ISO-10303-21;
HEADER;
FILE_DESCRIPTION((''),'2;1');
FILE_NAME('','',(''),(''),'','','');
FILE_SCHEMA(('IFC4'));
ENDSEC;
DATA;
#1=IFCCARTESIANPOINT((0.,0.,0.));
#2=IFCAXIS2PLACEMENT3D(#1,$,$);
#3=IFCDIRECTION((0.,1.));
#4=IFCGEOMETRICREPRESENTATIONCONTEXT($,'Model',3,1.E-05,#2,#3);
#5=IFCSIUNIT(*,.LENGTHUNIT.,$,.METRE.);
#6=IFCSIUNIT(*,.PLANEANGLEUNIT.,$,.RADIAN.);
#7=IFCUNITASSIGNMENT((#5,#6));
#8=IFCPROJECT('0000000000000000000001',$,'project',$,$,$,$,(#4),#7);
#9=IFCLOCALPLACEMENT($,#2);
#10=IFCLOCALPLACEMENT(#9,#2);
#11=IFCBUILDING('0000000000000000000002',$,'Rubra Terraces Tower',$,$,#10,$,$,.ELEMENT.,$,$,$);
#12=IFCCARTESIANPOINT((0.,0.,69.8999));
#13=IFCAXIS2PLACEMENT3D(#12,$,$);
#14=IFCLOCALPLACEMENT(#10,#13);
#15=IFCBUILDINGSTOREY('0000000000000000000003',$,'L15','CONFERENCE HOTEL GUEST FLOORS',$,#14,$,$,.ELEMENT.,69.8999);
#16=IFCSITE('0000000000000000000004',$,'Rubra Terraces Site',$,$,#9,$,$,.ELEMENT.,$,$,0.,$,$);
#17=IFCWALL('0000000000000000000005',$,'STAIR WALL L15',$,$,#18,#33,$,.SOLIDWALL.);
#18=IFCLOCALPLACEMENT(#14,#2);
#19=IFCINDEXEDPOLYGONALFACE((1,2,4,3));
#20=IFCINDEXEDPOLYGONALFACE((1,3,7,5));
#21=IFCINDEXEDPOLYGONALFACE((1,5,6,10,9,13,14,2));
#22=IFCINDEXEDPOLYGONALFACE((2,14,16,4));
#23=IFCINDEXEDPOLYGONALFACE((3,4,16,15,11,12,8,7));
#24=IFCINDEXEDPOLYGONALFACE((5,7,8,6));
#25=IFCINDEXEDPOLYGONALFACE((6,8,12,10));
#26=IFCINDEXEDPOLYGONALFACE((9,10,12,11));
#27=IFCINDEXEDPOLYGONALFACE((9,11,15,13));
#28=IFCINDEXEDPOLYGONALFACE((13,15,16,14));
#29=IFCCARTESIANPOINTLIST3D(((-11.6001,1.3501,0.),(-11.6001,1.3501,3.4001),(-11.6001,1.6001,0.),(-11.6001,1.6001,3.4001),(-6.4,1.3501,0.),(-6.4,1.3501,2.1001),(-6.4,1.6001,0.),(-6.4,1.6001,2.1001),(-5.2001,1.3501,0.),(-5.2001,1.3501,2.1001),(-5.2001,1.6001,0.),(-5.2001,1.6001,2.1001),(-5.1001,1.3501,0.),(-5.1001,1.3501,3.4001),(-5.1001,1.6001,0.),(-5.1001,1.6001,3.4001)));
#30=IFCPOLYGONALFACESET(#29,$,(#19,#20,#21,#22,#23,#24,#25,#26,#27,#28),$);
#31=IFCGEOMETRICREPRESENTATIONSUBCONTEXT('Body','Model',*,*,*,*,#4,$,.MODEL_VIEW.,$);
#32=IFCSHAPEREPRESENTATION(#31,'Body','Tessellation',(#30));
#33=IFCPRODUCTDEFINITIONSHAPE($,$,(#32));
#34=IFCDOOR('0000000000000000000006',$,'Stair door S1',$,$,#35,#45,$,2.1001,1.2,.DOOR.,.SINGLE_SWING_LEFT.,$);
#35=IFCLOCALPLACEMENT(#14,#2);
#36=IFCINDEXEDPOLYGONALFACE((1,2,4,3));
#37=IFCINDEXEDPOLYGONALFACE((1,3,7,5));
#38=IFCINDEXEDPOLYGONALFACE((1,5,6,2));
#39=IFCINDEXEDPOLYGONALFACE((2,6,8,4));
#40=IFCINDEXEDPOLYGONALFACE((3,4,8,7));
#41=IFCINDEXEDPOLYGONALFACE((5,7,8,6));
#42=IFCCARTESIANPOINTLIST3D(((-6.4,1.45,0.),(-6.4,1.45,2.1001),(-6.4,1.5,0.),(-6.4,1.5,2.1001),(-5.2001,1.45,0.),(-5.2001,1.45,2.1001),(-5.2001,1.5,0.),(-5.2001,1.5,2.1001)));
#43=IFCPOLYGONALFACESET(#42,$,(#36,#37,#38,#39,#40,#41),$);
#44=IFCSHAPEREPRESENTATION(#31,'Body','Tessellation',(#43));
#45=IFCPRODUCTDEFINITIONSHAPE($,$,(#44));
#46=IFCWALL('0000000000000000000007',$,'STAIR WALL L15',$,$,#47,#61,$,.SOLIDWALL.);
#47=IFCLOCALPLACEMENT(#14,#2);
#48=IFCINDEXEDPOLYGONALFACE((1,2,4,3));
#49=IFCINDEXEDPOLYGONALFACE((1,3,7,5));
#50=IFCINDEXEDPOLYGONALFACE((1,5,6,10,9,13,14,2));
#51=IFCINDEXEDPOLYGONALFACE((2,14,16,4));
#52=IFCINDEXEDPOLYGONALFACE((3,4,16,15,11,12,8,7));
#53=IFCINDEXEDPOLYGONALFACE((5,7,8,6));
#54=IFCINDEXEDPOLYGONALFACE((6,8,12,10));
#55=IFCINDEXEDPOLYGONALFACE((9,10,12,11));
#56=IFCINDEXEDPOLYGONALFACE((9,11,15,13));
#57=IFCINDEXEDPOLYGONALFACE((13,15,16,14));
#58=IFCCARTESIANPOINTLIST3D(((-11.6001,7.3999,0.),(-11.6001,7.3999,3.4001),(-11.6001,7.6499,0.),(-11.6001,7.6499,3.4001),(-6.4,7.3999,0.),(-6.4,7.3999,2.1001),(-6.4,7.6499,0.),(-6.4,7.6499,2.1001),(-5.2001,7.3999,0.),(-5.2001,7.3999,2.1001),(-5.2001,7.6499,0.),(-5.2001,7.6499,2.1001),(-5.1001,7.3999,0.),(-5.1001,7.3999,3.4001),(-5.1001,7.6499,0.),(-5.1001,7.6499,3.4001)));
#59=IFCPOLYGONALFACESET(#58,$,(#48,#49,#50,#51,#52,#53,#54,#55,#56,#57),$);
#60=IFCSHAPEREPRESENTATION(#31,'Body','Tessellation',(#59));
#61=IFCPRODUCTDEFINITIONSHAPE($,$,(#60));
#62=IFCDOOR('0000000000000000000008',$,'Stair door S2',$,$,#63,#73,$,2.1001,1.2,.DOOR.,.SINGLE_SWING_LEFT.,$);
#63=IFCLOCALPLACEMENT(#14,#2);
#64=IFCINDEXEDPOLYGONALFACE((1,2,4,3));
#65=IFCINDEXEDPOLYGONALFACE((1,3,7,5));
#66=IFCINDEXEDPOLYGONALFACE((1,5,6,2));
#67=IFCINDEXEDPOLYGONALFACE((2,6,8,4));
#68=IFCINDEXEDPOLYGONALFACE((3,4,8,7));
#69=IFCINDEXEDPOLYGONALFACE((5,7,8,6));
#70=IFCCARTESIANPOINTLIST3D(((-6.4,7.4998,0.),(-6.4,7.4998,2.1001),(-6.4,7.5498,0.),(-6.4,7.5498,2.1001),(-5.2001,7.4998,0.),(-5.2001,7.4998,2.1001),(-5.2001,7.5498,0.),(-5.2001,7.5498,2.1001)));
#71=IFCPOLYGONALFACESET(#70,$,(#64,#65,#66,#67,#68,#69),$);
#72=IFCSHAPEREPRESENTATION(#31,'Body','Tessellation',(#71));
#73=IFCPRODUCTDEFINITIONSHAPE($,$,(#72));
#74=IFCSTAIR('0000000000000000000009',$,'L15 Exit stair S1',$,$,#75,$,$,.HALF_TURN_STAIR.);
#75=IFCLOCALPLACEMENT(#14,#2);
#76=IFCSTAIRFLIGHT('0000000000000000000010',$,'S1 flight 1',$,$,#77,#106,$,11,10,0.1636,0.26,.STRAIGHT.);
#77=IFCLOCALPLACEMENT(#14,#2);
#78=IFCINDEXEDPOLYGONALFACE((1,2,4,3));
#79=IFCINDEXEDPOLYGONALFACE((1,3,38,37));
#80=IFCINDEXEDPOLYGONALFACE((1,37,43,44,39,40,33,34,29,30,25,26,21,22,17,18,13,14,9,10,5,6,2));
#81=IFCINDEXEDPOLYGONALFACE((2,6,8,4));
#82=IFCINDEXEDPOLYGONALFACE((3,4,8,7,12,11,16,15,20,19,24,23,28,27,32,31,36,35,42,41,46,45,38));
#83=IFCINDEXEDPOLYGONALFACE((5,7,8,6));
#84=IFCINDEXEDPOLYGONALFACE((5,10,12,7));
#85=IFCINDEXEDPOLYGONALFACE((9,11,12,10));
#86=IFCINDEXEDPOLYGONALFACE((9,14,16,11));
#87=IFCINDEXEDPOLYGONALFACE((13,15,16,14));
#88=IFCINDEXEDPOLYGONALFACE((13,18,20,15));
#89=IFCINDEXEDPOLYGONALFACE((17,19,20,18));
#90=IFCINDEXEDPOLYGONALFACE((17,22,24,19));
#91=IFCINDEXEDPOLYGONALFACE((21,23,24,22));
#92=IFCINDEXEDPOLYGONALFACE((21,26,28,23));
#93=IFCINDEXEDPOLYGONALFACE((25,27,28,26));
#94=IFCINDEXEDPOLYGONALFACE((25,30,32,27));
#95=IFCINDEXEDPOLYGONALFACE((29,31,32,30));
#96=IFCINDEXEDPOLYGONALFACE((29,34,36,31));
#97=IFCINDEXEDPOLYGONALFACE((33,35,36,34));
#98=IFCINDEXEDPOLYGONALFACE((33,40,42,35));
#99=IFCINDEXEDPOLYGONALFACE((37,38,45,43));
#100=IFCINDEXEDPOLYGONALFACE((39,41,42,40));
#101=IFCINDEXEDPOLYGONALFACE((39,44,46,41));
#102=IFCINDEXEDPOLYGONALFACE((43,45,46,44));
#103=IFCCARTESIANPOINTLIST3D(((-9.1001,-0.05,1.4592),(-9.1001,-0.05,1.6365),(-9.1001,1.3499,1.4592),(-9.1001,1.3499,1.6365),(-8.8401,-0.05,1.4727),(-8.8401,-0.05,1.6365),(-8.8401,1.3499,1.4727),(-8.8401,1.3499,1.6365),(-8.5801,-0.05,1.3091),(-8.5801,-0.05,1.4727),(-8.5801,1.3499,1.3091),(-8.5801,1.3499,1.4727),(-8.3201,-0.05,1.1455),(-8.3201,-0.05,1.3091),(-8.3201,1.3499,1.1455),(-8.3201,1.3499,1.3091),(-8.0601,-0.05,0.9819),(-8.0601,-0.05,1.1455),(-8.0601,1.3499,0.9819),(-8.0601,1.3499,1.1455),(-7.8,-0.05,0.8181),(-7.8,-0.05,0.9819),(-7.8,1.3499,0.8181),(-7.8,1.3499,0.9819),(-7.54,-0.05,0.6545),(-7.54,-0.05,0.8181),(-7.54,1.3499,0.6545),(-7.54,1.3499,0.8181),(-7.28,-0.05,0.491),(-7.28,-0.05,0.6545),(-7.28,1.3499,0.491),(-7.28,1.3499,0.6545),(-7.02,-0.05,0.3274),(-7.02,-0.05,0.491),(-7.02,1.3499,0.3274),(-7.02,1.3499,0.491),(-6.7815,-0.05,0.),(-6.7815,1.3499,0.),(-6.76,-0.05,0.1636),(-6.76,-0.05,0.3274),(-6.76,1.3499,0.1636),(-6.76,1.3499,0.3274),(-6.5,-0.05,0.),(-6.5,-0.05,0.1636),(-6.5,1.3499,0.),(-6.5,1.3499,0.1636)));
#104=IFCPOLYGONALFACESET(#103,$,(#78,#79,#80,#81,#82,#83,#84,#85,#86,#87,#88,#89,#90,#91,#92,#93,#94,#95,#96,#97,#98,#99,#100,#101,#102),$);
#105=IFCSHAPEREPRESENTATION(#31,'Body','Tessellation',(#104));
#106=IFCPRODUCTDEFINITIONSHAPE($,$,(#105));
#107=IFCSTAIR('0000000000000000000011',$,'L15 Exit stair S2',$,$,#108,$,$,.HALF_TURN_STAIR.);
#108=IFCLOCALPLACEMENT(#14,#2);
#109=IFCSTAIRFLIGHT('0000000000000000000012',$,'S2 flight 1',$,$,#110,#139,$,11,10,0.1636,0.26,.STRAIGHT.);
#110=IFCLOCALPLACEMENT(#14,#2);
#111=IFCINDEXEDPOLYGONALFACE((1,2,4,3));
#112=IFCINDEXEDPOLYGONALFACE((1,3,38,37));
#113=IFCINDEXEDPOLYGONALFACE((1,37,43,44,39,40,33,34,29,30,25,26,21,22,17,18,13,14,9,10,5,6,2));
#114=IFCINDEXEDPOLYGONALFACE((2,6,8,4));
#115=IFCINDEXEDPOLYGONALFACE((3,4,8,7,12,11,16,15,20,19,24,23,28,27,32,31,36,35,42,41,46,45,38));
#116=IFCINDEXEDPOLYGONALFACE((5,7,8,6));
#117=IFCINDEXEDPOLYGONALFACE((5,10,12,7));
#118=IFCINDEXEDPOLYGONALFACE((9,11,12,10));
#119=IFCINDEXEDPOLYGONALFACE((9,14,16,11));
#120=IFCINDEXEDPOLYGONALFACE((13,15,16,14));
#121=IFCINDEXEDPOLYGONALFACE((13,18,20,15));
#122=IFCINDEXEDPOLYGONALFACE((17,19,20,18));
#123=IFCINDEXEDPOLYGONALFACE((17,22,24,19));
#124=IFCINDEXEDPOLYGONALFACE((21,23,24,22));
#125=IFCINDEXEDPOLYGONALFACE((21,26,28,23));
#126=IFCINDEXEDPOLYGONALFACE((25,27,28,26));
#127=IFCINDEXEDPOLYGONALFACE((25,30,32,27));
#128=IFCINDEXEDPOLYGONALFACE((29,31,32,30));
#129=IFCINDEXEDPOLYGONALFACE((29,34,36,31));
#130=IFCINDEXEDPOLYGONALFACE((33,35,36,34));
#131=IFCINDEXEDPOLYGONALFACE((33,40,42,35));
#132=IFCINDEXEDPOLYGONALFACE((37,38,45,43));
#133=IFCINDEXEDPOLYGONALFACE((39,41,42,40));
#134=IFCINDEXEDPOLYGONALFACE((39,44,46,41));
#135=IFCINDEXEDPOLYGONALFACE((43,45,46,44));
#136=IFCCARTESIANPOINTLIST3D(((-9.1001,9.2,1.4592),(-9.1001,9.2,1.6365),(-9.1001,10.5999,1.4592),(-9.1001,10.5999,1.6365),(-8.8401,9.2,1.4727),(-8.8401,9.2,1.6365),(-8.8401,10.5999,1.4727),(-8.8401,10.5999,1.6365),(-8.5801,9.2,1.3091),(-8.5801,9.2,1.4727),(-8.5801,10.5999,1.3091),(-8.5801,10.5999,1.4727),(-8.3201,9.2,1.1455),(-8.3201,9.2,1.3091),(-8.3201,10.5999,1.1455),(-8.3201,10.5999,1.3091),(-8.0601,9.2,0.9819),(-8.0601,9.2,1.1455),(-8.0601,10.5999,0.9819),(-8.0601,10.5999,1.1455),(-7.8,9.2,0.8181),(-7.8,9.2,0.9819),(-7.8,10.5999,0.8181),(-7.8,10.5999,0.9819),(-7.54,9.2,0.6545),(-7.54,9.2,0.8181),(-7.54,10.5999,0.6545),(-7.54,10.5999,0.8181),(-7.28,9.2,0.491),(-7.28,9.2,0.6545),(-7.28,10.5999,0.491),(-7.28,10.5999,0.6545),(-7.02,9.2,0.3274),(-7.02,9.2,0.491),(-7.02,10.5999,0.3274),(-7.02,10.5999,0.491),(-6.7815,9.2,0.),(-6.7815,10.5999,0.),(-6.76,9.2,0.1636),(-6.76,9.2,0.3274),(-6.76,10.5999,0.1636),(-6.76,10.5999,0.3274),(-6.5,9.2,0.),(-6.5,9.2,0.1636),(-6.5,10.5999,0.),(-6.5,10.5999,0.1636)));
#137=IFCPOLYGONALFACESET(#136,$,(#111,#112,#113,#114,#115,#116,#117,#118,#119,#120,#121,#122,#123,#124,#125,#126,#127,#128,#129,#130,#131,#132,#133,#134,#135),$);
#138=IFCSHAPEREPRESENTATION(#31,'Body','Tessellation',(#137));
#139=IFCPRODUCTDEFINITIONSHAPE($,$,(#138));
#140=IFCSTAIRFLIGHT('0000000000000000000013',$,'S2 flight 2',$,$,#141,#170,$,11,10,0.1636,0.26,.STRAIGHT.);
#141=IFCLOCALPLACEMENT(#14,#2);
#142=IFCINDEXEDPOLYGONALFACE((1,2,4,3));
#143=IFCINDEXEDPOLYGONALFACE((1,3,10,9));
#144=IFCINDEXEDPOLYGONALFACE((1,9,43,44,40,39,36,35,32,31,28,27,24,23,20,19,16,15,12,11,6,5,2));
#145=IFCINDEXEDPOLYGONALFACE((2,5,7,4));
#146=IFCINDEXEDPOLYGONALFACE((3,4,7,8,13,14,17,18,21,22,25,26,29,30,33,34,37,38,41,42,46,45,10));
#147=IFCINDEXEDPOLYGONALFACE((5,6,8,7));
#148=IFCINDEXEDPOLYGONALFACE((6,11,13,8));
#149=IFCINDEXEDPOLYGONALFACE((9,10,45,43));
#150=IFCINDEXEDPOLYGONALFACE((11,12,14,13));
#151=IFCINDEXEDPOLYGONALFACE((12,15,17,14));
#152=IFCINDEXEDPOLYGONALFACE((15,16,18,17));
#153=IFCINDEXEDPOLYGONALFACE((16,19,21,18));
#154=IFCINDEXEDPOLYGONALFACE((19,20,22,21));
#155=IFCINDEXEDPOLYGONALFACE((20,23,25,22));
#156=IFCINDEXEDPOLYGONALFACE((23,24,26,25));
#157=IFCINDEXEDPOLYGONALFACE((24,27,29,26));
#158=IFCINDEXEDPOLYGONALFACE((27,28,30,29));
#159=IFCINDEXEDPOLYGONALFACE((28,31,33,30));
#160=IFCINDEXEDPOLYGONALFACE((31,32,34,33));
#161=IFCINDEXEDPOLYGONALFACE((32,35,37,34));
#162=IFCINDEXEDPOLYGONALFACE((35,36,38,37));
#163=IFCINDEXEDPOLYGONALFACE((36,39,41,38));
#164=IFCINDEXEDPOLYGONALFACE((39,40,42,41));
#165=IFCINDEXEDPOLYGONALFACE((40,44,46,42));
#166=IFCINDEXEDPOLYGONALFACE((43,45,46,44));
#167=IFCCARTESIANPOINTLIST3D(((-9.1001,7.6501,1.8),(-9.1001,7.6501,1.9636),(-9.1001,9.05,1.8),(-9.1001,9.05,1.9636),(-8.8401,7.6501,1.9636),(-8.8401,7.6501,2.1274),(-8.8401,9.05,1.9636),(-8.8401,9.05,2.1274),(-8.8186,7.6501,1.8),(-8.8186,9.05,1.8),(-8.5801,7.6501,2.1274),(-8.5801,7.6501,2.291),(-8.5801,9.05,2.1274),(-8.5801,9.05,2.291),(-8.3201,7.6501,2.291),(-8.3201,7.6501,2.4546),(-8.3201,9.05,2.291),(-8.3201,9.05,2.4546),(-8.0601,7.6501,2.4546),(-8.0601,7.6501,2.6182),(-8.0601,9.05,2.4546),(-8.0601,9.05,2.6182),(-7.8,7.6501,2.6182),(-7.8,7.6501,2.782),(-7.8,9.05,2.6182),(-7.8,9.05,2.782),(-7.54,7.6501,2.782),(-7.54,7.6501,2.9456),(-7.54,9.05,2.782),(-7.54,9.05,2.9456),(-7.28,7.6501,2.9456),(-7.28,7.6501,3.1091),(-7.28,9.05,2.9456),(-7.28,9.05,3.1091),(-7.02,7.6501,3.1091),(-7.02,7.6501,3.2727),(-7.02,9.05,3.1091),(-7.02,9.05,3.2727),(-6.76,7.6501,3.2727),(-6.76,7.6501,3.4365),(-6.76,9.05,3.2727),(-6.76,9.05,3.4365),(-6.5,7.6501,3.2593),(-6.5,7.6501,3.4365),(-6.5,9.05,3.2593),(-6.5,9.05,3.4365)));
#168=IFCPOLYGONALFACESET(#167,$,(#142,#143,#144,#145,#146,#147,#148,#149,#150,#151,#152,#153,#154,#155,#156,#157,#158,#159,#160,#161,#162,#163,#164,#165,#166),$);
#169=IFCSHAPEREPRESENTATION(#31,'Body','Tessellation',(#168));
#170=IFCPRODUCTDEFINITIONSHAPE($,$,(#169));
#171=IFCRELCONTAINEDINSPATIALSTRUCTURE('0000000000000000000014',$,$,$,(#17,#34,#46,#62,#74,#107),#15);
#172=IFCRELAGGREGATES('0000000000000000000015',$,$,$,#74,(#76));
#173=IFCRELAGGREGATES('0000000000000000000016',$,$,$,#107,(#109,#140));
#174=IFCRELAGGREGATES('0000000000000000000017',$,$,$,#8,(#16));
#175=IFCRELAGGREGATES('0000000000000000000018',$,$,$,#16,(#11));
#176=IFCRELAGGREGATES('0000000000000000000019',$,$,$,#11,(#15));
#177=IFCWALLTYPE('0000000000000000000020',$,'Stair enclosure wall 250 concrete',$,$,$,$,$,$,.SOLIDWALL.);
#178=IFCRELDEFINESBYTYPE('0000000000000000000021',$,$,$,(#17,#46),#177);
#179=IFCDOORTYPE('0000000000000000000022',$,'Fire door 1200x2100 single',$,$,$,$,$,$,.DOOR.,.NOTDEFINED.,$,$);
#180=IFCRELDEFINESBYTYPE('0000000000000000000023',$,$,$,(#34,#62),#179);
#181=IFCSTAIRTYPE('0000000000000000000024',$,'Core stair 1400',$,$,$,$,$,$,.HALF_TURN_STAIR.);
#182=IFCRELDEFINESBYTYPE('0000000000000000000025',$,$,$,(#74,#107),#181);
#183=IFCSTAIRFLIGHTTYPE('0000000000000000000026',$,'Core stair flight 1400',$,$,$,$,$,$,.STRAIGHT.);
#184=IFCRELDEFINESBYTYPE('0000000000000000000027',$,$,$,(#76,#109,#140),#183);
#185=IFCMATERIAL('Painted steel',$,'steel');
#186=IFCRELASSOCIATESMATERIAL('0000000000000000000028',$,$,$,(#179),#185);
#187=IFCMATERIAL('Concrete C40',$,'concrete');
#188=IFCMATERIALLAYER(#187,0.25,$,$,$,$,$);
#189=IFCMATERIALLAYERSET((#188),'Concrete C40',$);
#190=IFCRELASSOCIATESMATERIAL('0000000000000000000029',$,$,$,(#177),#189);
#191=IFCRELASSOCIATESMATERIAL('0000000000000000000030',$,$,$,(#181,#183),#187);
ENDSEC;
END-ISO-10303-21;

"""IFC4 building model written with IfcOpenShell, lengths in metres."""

from ifc_helpers import new_model, si_unit, direction, frame, frame_2d, origin, place, context, subcontext, project, spatial, polyline, rectangle, outline, extrude, material, layer, layer_set, type_object, element, fill, aggregate, save


model = new_model("IFC4")

# Units and contexts
model_context = context("Model", 3, precision=1e-05, world=origin(), true_north=direction((0.0, 1.0)))
body_context = subcontext(model_context, "Body", "Model", "MODEL_VIEW")
ifc_project = project(units=[si_unit("LENGTHUNIT", "METRE"), si_unit("PLANEANGLEUNIT", "RADIAN")], contexts=[model_context])

# Site, building, storey
site_placement = place(None, origin())
site = spatial("IfcSite", under=ifc_project, at=site_placement, Name="Rubra Terraces Site", CompositionType="ELEMENT", RefElevation=0.0)
building_placement = place(site_placement, origin())
building = spatial("IfcBuilding", under=site, at=building_placement, Name="Rubra Terraces Tower", CompositionType="ELEMENT")
storey_placement = place(building_placement, frame((0.0, 0.0, 69.8999)))
storey = spatial("IfcBuildingStorey", under=building, at=storey_placement, Name="L15", Description="CONFERENCE HOTEL GUEST FLOORS", CompositionType="ELEMENT", Elevation=69.8999)

# Shared definitions
ifc_material_1 = material(Name="Painted steel", Category="steel")
door_type_1 = type_object("IfcDoorType", Name="Fire door 1200x2100 single", OperationType="NOTDEFINED", PredefinedType="DOOR", material=ifc_material_1)

# Walls, openings, doors
ifc_material_2 = material(Name="Concrete C40", Category="concrete")
ifc_layer_1 = layer(ifc_material_2, 0.25)
ifc_layer_set_1 = layer_set([ifc_layer_1], Name="Concrete C40")
wall_type_1 = type_object("IfcWallType", Name="Stair enclosure wall 250 concrete", PredefinedType="SOLIDWALL", material=ifc_layer_set_1)
wall_1_placement = place(storey_placement, frame((-11.6001, 1.4751, 0.0), z_axis=(0.0, 0.0, 1.0), x_axis=(1.0, 0.0, 0.0)))
wall_1 = element("IfcWall", 1, at=wall_1_placement, inside=storey, type_object=wall_type_1, Name="STAIR WALL L15", PredefinedType="SOLIDWALL", context=body_context, shape_type="SweptSolid", body=[
    extrude(rectangle(XDim=6.5, YDim=0.25, at=frame_2d((3.25, 0.0))), origin(), (0.0, 0.0, 1.0), 3.4001),
])
opening_1_placement = place(wall_1_placement, frame((5.2, 0.0, 0.0)))
opening_1 = element("IfcOpeningElement", 2, at=opening_1_placement, cuts=wall_1, PredefinedType="OPENING", context=body_context, shape_type="SweptSolid", body=[
    extrude(rectangle(XDim=1.2, YDim=2.1001, at=frame_2d((0.6001, 1.05))), frame((0.0, 0.135, 0.0), z_axis=(0.0, -1.0, 0.0), x_axis=(1.0, 0.0, 0.0)), (0.0, 0.0, 1.0), 0.27),
])
door_1_placement = place(opening_1_placement, origin())
door_1 = element("IfcDoor", 3, at=door_1_placement, inside=storey, type_object=door_type_1, Name="Stair door S1", OperationType="SINGLE_SWING_LEFT", OverallHeight=2.1001, OverallWidth=1.2, PredefinedType="DOOR", context=body_context, shape_type="SweptSolid", body=[
    extrude(rectangle(XDim=1.2, YDim=2.1001, at=frame_2d((0.6001, 1.05))), frame((0.0, 0.0249, 0.0), z_axis=(0.0, -1.0, 0.0), x_axis=(1.0, 0.0, 0.0)), (0.0, 0.0, 1.0), 0.05),
])
fill(opening_1, door_1)
wall_2_placement = place(storey_placement, frame((-11.6001, 7.5249, 0.0), z_axis=(0.0, 0.0, 1.0), x_axis=(1.0, 0.0, 0.0)))
wall_2 = element("IfcWall", 4, at=wall_2_placement, inside=storey, type_object=wall_type_1, Name="STAIR WALL L15", PredefinedType="SOLIDWALL", context=body_context, shape_type="SweptSolid", body=[
    extrude(rectangle(XDim=6.5, YDim=0.25, at=frame_2d((3.25, 0.0))), origin(), (0.0, 0.0, 1.0), 3.4001),
])
opening_2_placement = place(wall_2_placement, frame((5.2, 0.0, 0.0)))
opening_2 = element("IfcOpeningElement", 5, at=opening_2_placement, cuts=wall_2, PredefinedType="OPENING", context=body_context, shape_type="SweptSolid", body=[
    extrude(rectangle(XDim=1.2, YDim=2.1001, at=frame_2d((0.6001, 1.05))), frame((0.0, 0.135, 0.0), z_axis=(0.0, -1.0, 0.0), x_axis=(1.0, 0.0, 0.0)), (0.0, 0.0, 1.0), 0.27),
])
door_2_placement = place(opening_2_placement, origin())
door_2 = element("IfcDoor", 6, at=door_2_placement, inside=storey, type_object=door_type_1, Name="Stair door S2", OperationType="SINGLE_SWING_LEFT", OverallHeight=2.1001, OverallWidth=1.2, PredefinedType="DOOR", context=body_context, shape_type="SweptSolid", body=[
    extrude(rectangle(XDim=1.2, YDim=2.1001, at=frame_2d((0.6001, 1.05))), frame((0.0, 0.0249, 0.0), z_axis=(0.0, -1.0, 0.0), x_axis=(1.0, 0.0, 0.0)), (0.0, 0.0, 1.0), 0.05),
])
fill(opening_2, door_2)

# Stair, stair flight
stair_type = type_object("IfcStairType", Name="Core stair 1400", PredefinedType="HALF_TURN_STAIR", material=ifc_material_2)
stair_1_placement = place(storey_placement, origin())
stair_1 = element("IfcStair", 7, at=stair_1_placement, inside=storey, type_object=stair_type, Name="L15 Exit stair S1", PredefinedType="HALF_TURN_STAIR")
stair_flight_type = type_object("IfcStairFlightType", Name="Core stair flight 1400", PredefinedType="STRAIGHT", material=ifc_material_2)
stair_flight_1_placement = place(storey_placement, frame((-6.5, 0.6499, 0.0), z_axis=(0.0, 0.0, 1.0), x_axis=(-1.0, 0.0, 0.0)))
stair_flight_1 = element("IfcStairFlight", 8, at=stair_flight_1_placement, type_object=stair_flight_type, Name="S1 flight 1", NumberOfRisers=11, NumberOfTreads=10, PredefinedType="STRAIGHT", RiserHeight=0.1636, TreadLength=0.26, context=body_context, shape_type="SweptSolid", body=[
    extrude(outline(polyline([(0.0, 0.0), (0.0, 0.1636), (0.26, 0.1636), (0.26, 0.3274), (0.52, 0.3274), (0.52, 0.491), (0.78, 0.491), (0.78, 0.6545), (1.04, 0.6545), (1.04, 0.8181), (1.3, 0.8181), (1.3, 0.9819), (1.5601, 0.9819), (1.5601, 1.1455), (1.8201, 1.1455), (1.8201, 1.3091), (2.0801, 1.3091), (2.0801, 1.4727), (2.3401, 1.4727), (2.3401, 1.6365), (2.6001, 1.6365), (2.6001, 1.8), (2.6001, 1.4592), (0.2815, 0.0), (0.0, 0.0)])), frame((0.0, 0.7, 0.0), z_axis=(0.0, -1.0, 0.0), x_axis=(1.0, 0.0, 0.0)), (0.0, 0.0, 1.0), 1.3999),
])
aggregate(stair_1, [stair_flight_1])

# Stair, stair flights
stair_2_placement = place(storey_placement, origin())
stair_2 = element("IfcStair", 9, at=stair_2_placement, inside=storey, type_object=stair_type, Name="L15 Exit stair S2", PredefinedType="HALF_TURN_STAIR")
stair_flight_2_placement = place(storey_placement, frame((-6.5, 9.8999, 0.0), z_axis=(0.0, 0.0, 1.0), x_axis=(-1.0, 0.0, 0.0)))
stair_flight_2 = element("IfcStairFlight", 10, at=stair_flight_2_placement, type_object=stair_flight_type, Name="S2 flight 1", NumberOfRisers=11, NumberOfTreads=10, PredefinedType="STRAIGHT", RiserHeight=0.1636, TreadLength=0.26, context=body_context, shape_type="SweptSolid", body=[
    extrude(outline(polyline([(0.0, 0.0), (0.0, 0.1636), (0.26, 0.1636), (0.26, 0.3274), (0.52, 0.3274), (0.52, 0.491), (0.78, 0.491), (0.78, 0.6545), (1.04, 0.6545), (1.04, 0.8181), (1.3, 0.8181), (1.3, 0.9819), (1.5601, 0.9819), (1.5601, 1.1455), (1.8201, 1.1455), (1.8201, 1.3091), (2.0801, 1.3091), (2.0801, 1.4727), (2.3401, 1.4727), (2.3401, 1.6365), (2.6001, 1.6365), (2.6001, 1.8), (2.6001, 1.4592), (0.2815, 0.0), (0.0, 0.0)])), frame((0.0, 0.7, 0.0), z_axis=(0.0, -1.0, 0.0), x_axis=(1.0, 0.0, 0.0)), (0.0, 0.0, 1.0), 1.3999),
])
stair_flight_3_placement = place(storey_placement, frame((-9.1001, 8.3501, 1.8), z_axis=(0.0, 0.0, 1.0), x_axis=(1.0, 0.0, 0.0)))
stair_flight_3 = element("IfcStairFlight", 11, at=stair_flight_3_placement, type_object=stair_flight_type, Name="S2 flight 2", NumberOfRisers=11, NumberOfTreads=10, PredefinedType="STRAIGHT", RiserHeight=0.1636, TreadLength=0.26, context=body_context, shape_type="SweptSolid", body=[
    extrude(outline(polyline([(0.0, 0.0), (0.0, 0.1636), (0.26, 0.1636), (0.26, 0.3274), (0.52, 0.3274), (0.52, 0.491), (0.78, 0.491), (0.78, 0.6545), (1.04, 0.6545), (1.04, 0.8181), (1.3, 0.8181), (1.3, 0.9819), (1.5601, 0.9819), (1.5601, 1.1455), (1.8201, 1.1455), (1.8201, 1.3091), (2.0801, 1.3091), (2.0801, 1.4727), (2.3401, 1.4727), (2.3401, 1.6365), (2.6001, 1.6365), (2.6001, 1.8), (2.6001, 1.4592), (0.2815, 0.0), (0.0, 0.0)])), frame((0.0, 0.7, 0.0), z_axis=(0.0, -1.0, 0.0), x_axis=(1.0, 0.0, 0.0)), (0.0, 0.0, 1.0), 1.3999),
])
aggregate(stair_2, [stair_flight_2, stair_flight_3])

save(model, "model.ifc")
